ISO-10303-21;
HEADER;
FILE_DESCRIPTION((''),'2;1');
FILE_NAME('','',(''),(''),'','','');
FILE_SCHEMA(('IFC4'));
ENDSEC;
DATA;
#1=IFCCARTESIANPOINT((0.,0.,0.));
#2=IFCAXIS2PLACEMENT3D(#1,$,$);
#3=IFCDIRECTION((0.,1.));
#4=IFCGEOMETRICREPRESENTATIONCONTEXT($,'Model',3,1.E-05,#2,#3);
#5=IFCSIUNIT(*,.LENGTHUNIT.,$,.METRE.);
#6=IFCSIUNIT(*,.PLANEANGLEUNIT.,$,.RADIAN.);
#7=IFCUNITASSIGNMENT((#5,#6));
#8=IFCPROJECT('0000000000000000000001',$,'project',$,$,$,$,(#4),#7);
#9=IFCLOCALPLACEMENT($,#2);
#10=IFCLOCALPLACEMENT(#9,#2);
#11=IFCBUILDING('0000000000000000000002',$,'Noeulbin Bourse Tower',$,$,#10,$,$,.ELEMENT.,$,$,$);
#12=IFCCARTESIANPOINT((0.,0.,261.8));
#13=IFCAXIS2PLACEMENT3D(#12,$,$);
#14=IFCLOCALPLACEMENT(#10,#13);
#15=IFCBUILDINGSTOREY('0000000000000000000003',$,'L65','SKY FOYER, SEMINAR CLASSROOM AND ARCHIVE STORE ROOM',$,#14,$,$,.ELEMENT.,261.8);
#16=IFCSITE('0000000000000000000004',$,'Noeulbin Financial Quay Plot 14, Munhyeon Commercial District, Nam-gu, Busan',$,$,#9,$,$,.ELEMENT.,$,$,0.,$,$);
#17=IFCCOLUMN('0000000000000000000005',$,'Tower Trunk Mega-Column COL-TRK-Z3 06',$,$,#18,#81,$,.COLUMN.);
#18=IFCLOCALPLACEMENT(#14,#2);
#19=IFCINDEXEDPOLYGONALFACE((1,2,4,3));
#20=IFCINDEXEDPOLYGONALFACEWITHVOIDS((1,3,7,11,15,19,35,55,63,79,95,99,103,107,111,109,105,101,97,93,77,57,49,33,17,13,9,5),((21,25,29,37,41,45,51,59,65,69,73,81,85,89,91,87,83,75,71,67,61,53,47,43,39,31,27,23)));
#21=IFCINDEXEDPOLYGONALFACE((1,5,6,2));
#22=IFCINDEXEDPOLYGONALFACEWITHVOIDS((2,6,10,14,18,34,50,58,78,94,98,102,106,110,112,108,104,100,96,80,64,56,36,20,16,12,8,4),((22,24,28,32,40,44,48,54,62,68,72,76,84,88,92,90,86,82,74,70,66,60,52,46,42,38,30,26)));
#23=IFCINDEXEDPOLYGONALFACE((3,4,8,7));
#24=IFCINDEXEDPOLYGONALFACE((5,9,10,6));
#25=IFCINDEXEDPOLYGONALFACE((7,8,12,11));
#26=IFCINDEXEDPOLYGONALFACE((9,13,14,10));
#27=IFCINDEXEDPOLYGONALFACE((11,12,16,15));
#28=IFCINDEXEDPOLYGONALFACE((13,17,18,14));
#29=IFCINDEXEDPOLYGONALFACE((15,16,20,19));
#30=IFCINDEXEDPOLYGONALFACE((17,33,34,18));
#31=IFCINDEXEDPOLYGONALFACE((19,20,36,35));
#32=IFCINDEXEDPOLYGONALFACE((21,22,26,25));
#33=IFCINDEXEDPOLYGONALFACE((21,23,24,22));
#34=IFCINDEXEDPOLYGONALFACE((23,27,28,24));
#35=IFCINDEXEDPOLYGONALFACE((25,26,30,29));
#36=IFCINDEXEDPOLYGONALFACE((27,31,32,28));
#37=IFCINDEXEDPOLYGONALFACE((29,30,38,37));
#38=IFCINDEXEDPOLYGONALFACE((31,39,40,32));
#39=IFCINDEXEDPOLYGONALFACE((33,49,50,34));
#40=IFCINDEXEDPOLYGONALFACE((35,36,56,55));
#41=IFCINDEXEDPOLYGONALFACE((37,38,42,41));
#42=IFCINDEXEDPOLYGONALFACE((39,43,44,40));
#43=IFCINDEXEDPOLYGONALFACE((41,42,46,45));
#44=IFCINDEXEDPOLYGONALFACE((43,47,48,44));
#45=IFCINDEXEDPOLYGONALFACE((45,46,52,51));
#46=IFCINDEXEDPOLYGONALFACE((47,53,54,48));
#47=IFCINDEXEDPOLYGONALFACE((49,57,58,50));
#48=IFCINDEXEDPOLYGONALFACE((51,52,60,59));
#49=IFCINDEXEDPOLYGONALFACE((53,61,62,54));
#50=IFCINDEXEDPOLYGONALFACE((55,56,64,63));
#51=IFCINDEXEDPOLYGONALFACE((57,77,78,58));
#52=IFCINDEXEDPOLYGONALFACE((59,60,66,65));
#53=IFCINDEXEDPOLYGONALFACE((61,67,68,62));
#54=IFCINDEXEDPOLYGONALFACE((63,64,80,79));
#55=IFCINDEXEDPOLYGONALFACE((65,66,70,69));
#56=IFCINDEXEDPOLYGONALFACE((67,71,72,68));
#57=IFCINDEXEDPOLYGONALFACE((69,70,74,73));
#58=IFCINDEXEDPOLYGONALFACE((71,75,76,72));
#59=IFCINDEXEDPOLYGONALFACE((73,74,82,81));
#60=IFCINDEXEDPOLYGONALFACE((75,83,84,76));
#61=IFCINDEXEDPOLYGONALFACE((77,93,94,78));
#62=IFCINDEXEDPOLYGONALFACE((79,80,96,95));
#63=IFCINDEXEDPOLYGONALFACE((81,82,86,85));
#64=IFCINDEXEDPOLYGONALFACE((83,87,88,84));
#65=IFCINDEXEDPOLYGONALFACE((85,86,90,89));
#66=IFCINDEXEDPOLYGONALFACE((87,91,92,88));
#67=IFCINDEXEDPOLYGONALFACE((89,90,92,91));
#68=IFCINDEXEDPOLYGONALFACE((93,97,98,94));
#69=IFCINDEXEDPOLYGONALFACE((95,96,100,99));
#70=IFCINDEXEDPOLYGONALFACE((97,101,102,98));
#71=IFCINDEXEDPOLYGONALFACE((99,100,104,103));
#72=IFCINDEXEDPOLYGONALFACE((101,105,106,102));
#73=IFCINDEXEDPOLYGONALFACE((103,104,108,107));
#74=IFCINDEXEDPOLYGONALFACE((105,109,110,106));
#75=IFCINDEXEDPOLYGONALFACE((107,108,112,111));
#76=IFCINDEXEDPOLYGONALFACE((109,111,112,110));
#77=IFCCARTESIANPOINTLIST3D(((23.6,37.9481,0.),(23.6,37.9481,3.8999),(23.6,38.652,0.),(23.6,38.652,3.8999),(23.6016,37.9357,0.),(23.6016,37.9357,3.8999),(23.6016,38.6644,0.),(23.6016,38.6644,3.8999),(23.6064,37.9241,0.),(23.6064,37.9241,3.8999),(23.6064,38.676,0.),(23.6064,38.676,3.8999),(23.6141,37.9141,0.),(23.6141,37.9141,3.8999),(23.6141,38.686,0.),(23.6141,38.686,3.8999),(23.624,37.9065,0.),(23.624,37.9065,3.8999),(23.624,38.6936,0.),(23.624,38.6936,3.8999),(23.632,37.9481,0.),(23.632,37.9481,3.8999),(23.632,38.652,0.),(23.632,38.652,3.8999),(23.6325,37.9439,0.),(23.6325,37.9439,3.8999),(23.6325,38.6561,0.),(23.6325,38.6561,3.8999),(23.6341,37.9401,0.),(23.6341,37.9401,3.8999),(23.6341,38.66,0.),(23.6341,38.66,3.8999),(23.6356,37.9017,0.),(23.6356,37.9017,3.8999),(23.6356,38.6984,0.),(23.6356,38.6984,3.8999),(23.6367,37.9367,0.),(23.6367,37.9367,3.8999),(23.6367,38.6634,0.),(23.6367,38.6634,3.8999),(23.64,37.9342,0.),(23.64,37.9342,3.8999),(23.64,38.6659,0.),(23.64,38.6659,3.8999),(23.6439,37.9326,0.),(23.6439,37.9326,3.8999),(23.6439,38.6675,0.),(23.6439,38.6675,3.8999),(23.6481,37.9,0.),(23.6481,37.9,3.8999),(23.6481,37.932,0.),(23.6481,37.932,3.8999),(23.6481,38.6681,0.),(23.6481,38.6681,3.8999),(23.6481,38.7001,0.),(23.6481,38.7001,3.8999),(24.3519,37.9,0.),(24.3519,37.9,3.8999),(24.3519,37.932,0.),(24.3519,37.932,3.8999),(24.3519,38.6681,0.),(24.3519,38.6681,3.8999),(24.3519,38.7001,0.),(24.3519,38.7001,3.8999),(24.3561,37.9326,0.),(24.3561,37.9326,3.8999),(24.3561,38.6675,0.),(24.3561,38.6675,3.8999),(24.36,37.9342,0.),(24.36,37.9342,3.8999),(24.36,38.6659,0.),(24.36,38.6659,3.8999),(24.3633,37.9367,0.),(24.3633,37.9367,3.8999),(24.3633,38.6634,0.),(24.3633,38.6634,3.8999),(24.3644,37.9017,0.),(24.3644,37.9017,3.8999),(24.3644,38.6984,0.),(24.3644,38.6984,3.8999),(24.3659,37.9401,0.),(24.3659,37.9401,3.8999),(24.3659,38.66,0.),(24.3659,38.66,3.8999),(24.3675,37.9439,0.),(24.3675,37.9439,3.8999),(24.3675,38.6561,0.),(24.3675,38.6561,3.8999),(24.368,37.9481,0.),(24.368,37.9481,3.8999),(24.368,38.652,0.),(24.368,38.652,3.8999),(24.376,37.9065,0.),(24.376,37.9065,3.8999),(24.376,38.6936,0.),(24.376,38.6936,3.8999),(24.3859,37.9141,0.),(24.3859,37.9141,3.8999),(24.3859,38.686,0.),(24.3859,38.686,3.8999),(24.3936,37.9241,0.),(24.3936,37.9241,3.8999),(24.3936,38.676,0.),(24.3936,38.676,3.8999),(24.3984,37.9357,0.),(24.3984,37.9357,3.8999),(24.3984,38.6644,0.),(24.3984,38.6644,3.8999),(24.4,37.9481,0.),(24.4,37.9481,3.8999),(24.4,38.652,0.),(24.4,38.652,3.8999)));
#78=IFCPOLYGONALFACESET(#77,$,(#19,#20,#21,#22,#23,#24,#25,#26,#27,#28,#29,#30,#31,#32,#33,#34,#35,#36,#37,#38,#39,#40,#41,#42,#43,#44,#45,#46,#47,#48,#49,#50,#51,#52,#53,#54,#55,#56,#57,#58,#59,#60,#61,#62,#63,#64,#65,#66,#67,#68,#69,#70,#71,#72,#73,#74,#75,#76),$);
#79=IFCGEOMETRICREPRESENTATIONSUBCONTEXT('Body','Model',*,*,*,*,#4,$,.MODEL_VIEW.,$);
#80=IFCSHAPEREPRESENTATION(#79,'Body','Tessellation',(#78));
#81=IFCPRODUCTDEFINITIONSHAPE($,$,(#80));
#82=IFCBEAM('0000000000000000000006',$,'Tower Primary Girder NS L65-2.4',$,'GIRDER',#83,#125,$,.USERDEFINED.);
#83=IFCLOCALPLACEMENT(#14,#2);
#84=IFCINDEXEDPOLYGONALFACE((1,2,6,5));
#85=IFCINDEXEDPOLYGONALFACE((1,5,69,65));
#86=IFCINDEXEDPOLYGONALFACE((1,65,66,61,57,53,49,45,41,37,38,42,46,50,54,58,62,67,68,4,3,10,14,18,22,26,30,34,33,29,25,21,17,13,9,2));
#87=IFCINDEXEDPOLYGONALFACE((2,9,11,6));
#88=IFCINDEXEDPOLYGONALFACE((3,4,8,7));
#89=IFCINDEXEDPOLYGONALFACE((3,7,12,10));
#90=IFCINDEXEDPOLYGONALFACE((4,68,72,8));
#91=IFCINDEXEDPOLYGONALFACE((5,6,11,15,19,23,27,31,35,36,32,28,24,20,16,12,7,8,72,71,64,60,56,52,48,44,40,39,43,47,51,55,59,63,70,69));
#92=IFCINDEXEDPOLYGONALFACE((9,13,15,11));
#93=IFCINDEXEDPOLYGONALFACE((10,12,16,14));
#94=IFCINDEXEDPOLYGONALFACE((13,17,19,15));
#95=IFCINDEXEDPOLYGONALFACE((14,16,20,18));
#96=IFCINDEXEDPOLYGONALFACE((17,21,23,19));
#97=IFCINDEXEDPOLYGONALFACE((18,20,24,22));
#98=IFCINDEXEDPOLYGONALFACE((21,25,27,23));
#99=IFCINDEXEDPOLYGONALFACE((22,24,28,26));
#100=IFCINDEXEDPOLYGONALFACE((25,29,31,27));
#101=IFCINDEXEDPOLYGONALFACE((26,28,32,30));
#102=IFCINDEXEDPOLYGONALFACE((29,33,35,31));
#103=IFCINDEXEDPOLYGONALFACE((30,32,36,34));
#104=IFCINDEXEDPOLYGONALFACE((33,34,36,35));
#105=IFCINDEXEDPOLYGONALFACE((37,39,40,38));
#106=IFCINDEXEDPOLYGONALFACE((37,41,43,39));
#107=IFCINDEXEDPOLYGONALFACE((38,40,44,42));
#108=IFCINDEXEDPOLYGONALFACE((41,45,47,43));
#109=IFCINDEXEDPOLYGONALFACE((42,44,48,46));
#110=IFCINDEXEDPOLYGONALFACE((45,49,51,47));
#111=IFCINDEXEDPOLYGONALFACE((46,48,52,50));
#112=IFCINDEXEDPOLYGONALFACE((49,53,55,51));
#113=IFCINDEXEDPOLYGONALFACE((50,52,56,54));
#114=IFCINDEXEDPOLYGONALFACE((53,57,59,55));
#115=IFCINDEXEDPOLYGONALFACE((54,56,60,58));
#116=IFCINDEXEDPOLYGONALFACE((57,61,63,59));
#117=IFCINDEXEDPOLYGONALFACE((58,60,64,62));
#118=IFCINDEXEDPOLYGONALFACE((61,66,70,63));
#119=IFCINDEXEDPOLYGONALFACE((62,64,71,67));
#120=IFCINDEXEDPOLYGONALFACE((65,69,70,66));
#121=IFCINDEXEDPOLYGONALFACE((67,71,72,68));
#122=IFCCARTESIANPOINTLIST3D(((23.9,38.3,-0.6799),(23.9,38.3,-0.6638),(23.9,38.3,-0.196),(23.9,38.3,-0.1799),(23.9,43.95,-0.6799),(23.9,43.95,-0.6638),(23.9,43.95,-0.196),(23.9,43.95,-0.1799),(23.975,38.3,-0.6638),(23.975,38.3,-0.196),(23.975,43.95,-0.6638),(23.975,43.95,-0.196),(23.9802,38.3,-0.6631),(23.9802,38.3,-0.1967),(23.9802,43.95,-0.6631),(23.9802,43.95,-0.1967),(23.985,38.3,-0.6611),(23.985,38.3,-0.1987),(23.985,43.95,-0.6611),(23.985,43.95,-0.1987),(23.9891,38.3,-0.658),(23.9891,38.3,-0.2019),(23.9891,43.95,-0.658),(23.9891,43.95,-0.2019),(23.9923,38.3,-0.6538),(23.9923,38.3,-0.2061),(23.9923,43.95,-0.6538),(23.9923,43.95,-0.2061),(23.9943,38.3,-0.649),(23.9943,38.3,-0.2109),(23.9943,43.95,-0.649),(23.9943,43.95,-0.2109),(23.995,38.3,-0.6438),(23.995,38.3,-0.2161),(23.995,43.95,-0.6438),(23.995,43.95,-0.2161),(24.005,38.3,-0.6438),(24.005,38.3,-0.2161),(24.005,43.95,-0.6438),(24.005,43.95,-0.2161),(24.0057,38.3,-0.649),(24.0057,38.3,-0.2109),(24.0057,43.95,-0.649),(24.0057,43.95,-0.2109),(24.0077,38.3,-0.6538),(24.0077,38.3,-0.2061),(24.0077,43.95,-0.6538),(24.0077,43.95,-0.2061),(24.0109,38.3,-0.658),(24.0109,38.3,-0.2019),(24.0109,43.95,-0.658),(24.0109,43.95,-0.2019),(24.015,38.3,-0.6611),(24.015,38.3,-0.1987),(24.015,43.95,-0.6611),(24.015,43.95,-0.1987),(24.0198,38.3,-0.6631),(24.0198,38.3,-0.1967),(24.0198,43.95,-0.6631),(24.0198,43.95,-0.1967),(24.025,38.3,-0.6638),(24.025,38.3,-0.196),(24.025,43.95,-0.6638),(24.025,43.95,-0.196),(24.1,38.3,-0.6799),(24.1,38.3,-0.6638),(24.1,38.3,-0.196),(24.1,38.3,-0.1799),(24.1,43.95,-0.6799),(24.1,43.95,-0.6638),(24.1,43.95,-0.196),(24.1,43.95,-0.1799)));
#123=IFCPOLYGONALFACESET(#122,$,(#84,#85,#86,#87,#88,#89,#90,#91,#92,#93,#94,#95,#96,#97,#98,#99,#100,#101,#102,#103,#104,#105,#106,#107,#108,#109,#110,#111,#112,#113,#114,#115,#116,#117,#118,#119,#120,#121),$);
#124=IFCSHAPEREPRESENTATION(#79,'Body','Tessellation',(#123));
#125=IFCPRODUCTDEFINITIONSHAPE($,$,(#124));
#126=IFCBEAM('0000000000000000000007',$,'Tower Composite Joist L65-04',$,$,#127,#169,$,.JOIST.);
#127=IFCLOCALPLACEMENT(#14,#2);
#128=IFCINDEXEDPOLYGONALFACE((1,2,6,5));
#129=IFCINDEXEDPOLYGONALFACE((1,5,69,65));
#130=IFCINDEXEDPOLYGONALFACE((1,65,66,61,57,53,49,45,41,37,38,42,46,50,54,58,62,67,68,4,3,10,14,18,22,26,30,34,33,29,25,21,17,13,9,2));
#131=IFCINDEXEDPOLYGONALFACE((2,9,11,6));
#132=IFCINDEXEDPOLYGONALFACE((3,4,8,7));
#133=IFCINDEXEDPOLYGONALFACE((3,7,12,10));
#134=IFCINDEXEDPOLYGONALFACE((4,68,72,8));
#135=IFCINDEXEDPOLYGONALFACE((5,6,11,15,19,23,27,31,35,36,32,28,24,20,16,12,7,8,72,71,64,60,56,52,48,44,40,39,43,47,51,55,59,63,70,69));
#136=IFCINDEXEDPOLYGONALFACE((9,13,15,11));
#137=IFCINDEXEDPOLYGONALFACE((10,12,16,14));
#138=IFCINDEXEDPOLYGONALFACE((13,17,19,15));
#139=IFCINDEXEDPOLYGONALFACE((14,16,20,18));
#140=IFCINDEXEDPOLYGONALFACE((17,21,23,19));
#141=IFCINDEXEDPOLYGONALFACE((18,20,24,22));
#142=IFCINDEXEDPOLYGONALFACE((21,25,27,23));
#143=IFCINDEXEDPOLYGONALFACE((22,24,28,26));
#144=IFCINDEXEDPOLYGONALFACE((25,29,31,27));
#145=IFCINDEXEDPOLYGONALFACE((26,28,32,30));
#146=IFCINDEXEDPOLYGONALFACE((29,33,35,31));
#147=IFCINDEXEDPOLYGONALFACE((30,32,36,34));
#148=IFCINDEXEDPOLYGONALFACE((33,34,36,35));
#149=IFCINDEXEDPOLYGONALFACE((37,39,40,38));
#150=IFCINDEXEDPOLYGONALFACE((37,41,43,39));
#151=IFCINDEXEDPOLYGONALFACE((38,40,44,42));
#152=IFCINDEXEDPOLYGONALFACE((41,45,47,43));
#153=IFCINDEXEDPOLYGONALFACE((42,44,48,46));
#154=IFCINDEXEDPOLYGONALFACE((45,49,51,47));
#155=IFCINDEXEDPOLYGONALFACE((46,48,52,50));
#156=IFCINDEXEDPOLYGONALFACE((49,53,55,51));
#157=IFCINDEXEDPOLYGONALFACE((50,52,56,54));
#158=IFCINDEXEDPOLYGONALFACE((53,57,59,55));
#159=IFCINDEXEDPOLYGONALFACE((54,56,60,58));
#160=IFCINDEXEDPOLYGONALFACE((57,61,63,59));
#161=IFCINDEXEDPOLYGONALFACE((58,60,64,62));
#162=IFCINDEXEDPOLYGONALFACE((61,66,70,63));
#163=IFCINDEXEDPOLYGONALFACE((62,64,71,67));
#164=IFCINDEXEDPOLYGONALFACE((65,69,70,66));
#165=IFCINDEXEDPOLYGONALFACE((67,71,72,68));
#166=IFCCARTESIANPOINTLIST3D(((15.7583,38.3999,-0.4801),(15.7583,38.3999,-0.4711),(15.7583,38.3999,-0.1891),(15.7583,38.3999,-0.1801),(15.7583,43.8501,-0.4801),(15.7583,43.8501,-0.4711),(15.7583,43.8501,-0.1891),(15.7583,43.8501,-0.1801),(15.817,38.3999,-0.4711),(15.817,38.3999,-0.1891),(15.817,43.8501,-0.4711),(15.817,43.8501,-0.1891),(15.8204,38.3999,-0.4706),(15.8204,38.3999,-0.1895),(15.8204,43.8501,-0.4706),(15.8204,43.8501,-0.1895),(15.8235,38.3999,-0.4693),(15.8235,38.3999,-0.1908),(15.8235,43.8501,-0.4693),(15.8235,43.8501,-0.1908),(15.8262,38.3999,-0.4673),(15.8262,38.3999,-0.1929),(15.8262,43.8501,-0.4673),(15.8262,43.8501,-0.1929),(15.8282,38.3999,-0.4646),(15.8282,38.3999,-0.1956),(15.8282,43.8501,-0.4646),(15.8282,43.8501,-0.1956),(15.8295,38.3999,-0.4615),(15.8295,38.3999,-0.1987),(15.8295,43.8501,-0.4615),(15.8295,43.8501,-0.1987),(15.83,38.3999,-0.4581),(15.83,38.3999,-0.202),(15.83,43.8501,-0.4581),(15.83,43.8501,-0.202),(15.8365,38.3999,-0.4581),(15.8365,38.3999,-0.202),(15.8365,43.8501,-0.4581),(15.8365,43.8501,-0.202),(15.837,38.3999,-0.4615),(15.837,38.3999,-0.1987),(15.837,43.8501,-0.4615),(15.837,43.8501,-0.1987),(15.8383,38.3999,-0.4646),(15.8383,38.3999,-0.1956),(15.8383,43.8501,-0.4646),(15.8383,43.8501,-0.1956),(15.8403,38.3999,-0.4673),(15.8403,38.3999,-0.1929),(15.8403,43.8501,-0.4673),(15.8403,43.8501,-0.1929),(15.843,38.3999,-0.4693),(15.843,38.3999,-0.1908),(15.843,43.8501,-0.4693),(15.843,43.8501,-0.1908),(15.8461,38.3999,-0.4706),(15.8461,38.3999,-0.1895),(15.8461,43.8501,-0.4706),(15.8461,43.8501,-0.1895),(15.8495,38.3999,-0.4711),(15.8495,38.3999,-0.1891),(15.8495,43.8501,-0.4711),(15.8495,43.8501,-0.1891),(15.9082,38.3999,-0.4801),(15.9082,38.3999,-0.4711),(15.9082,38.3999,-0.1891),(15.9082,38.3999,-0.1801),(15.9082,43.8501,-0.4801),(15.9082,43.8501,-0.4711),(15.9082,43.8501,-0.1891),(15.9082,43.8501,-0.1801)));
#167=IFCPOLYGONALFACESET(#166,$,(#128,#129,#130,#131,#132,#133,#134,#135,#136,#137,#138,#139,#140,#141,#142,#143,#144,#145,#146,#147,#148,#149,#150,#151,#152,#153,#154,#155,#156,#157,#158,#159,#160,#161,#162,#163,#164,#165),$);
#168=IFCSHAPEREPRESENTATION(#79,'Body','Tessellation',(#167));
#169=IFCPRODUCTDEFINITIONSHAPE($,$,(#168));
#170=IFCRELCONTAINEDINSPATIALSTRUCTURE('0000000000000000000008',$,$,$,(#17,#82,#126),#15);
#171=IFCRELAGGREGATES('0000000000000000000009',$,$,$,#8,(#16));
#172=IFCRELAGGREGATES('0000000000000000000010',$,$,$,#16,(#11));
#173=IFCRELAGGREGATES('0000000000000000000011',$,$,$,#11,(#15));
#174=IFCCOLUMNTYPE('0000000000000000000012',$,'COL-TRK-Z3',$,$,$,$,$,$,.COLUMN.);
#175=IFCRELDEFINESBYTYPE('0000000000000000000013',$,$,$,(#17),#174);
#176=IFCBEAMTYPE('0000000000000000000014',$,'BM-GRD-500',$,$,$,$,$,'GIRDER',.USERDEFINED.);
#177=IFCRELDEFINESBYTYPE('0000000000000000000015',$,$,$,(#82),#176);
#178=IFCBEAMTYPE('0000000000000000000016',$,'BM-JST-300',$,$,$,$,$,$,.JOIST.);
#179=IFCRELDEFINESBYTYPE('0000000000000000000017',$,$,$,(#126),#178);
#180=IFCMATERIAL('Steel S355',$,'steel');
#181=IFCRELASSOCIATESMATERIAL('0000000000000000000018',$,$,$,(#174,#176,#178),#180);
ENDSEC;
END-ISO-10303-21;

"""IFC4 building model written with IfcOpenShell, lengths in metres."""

from ifc_helpers import new_model, si_unit, direction, frame, origin, origin_2d, place, context, subcontext, project, spatial, hollow_rectangle, i_section, extrude, material, material_profile, profile_set, type_object, element, save


model = new_model("IFC4")

# Units and contexts
model_context = context("Model", 3, precision=1e-05, world=origin(), true_north=direction((0.0, 1.0)))
body_context = subcontext(model_context, "Body", "Model", "MODEL_VIEW")
ifc_project = project(units=[si_unit("LENGTHUNIT", "METRE"), si_unit("PLANEANGLEUNIT", "RADIAN")], contexts=[model_context])

# Site, building, storey
site_placement = place(None, origin())
site = spatial("IfcSite", under=ifc_project, at=site_placement, Name="Noeulbin Financial Quay Plot 14, Munhyeon Commercial District, Nam-gu, Busan", CompositionType="ELEMENT", RefElevation=0.0)
building_placement = place(site_placement, origin())
building = spatial("IfcBuilding", under=site, at=building_placement, Name="Noeulbin Bourse Tower", CompositionType="ELEMENT")
storey_placement = place(building_placement, frame((0.0, 0.0, 261.8)))
storey = spatial("IfcBuildingStorey", under=building, at=storey_placement, Name="L65", Description="SKY FOYER, SEMINAR CLASSROOM AND ARCHIVE STORE ROOM", CompositionType="ELEMENT", Elevation=261.8)

# Column
ifc_material_1 = material(Name="Steel S355", Category="steel")
ifc_material_profile_1 = material_profile(ifc_material_1, hollow_rectangle(XDim=0.8, YDim=0.8, WallThickness=0.032, InnerFilletRadius=0.0161, OuterFilletRadius=0.0481, at=origin_2d()), Name="BOX-800x800x32", Category="LoadBearing")
ifc_profile_set_1 = profile_set([ifc_material_profile_1], Name="Steel S355")
column_type_1 = type_object("IfcColumnType", Name="COL-TRK-Z3", PredefinedType="COLUMN", material=ifc_profile_set_1)
for number, where, z_axis, x_axis, name in (
    (1, (24.0, 38.3, 0.0), (0.0, 0.0, 1.0), (1.0, 0.0, 0.0), "Tower Trunk Mega-Column COL-TRK-Z3 06"),
):
    element("IfcColumn", number, at=place(storey_placement, frame(where, z_axis=z_axis, x_axis=x_axis)), inside=storey, type_object=column_type_1, Name=name, PredefinedType="COLUMN", context=body_context, shape_type="SweptSolid", body=[
        extrude(hollow_rectangle(XDim=0.8, YDim=0.8, WallThickness=0.032, InnerFilletRadius=0.0161, OuterFilletRadius=0.0481, at=origin_2d()), origin(), (0.0, 0.0, 1.0), 3.8999),
    ])

# Beams
ifc_material_profile_2 = material_profile(ifc_material_1, i_section(OverallWidth=0.2, OverallDepth=0.5, WebThickness=0.01, FlangeThickness=0.0161, FilletRadius=0.02, at=origin_2d()), Name="H-500x200x10x16", Category="LoadBearing")
ifc_profile_set_2 = profile_set([ifc_material_profile_2], Name="Steel S355")
beam_type_1 = type_object("IfcBeamType", Name="BM-GRD-500", ElementType="GIRDER", PredefinedType="USERDEFINED", material=ifc_profile_set_2)
beam_1_placement = place(storey_placement, frame((24.0, 38.3, -0.4299), z_axis=(0.0, 1.0, 0.0), x_axis=(-1.0, 0.0, 0.0)))
element("IfcBeam", 2, at=beam_1_placement, inside=storey, type_object=beam_type_1, Name="Tower Primary Girder NS L65-2.4", ObjectType="GIRDER", PredefinedType="USERDEFINED", context=body_context, shape_type="SweptSolid", body=[
    extrude(i_section(OverallWidth=0.2, OverallDepth=0.5, WebThickness=0.01, FlangeThickness=0.0161, FilletRadius=0.02, at=origin_2d()), origin(), (0.0, 0.0, 1.0), 5.6499),
])
ifc_material_profile_3 = material_profile(ifc_material_1, i_section(OverallWidth=0.1499, OverallDepth=0.3, WebThickness=0.0066, FlangeThickness=0.009, FilletRadius=0.0129, at=origin_2d()), Name="H-300x150x6.5x9", Category="LoadBearing")
ifc_profile_set_3 = profile_set([ifc_material_profile_3], Name="Steel S355")
beam_type_2 = type_object("IfcBeamType", Name="BM-JST-300", PredefinedType="JOIST", material=ifc_profile_set_3)
for number, where, z_axis, x_axis, name in (
    (3, (15.8333, 38.3999, -0.3301), (0.0, 1.0, 0.0), (-1.0, 0.0, 0.0), "Tower Composite Joist L65-04"),
):
    element("IfcBeam", number, at=place(storey_placement, frame(where, z_axis=z_axis, x_axis=x_axis)), inside=storey, type_object=beam_type_2, Name=name, PredefinedType="JOIST", context=body_context, shape_type="SweptSolid", body=[
        extrude(i_section(OverallWidth=0.1499, OverallDepth=0.3, WebThickness=0.0066, FlangeThickness=0.009, FilletRadius=0.0129, at=origin_2d()), origin(), (0.0, 0.0, 1.0), 5.4502),
    ])

save(model, "model.ifc")
